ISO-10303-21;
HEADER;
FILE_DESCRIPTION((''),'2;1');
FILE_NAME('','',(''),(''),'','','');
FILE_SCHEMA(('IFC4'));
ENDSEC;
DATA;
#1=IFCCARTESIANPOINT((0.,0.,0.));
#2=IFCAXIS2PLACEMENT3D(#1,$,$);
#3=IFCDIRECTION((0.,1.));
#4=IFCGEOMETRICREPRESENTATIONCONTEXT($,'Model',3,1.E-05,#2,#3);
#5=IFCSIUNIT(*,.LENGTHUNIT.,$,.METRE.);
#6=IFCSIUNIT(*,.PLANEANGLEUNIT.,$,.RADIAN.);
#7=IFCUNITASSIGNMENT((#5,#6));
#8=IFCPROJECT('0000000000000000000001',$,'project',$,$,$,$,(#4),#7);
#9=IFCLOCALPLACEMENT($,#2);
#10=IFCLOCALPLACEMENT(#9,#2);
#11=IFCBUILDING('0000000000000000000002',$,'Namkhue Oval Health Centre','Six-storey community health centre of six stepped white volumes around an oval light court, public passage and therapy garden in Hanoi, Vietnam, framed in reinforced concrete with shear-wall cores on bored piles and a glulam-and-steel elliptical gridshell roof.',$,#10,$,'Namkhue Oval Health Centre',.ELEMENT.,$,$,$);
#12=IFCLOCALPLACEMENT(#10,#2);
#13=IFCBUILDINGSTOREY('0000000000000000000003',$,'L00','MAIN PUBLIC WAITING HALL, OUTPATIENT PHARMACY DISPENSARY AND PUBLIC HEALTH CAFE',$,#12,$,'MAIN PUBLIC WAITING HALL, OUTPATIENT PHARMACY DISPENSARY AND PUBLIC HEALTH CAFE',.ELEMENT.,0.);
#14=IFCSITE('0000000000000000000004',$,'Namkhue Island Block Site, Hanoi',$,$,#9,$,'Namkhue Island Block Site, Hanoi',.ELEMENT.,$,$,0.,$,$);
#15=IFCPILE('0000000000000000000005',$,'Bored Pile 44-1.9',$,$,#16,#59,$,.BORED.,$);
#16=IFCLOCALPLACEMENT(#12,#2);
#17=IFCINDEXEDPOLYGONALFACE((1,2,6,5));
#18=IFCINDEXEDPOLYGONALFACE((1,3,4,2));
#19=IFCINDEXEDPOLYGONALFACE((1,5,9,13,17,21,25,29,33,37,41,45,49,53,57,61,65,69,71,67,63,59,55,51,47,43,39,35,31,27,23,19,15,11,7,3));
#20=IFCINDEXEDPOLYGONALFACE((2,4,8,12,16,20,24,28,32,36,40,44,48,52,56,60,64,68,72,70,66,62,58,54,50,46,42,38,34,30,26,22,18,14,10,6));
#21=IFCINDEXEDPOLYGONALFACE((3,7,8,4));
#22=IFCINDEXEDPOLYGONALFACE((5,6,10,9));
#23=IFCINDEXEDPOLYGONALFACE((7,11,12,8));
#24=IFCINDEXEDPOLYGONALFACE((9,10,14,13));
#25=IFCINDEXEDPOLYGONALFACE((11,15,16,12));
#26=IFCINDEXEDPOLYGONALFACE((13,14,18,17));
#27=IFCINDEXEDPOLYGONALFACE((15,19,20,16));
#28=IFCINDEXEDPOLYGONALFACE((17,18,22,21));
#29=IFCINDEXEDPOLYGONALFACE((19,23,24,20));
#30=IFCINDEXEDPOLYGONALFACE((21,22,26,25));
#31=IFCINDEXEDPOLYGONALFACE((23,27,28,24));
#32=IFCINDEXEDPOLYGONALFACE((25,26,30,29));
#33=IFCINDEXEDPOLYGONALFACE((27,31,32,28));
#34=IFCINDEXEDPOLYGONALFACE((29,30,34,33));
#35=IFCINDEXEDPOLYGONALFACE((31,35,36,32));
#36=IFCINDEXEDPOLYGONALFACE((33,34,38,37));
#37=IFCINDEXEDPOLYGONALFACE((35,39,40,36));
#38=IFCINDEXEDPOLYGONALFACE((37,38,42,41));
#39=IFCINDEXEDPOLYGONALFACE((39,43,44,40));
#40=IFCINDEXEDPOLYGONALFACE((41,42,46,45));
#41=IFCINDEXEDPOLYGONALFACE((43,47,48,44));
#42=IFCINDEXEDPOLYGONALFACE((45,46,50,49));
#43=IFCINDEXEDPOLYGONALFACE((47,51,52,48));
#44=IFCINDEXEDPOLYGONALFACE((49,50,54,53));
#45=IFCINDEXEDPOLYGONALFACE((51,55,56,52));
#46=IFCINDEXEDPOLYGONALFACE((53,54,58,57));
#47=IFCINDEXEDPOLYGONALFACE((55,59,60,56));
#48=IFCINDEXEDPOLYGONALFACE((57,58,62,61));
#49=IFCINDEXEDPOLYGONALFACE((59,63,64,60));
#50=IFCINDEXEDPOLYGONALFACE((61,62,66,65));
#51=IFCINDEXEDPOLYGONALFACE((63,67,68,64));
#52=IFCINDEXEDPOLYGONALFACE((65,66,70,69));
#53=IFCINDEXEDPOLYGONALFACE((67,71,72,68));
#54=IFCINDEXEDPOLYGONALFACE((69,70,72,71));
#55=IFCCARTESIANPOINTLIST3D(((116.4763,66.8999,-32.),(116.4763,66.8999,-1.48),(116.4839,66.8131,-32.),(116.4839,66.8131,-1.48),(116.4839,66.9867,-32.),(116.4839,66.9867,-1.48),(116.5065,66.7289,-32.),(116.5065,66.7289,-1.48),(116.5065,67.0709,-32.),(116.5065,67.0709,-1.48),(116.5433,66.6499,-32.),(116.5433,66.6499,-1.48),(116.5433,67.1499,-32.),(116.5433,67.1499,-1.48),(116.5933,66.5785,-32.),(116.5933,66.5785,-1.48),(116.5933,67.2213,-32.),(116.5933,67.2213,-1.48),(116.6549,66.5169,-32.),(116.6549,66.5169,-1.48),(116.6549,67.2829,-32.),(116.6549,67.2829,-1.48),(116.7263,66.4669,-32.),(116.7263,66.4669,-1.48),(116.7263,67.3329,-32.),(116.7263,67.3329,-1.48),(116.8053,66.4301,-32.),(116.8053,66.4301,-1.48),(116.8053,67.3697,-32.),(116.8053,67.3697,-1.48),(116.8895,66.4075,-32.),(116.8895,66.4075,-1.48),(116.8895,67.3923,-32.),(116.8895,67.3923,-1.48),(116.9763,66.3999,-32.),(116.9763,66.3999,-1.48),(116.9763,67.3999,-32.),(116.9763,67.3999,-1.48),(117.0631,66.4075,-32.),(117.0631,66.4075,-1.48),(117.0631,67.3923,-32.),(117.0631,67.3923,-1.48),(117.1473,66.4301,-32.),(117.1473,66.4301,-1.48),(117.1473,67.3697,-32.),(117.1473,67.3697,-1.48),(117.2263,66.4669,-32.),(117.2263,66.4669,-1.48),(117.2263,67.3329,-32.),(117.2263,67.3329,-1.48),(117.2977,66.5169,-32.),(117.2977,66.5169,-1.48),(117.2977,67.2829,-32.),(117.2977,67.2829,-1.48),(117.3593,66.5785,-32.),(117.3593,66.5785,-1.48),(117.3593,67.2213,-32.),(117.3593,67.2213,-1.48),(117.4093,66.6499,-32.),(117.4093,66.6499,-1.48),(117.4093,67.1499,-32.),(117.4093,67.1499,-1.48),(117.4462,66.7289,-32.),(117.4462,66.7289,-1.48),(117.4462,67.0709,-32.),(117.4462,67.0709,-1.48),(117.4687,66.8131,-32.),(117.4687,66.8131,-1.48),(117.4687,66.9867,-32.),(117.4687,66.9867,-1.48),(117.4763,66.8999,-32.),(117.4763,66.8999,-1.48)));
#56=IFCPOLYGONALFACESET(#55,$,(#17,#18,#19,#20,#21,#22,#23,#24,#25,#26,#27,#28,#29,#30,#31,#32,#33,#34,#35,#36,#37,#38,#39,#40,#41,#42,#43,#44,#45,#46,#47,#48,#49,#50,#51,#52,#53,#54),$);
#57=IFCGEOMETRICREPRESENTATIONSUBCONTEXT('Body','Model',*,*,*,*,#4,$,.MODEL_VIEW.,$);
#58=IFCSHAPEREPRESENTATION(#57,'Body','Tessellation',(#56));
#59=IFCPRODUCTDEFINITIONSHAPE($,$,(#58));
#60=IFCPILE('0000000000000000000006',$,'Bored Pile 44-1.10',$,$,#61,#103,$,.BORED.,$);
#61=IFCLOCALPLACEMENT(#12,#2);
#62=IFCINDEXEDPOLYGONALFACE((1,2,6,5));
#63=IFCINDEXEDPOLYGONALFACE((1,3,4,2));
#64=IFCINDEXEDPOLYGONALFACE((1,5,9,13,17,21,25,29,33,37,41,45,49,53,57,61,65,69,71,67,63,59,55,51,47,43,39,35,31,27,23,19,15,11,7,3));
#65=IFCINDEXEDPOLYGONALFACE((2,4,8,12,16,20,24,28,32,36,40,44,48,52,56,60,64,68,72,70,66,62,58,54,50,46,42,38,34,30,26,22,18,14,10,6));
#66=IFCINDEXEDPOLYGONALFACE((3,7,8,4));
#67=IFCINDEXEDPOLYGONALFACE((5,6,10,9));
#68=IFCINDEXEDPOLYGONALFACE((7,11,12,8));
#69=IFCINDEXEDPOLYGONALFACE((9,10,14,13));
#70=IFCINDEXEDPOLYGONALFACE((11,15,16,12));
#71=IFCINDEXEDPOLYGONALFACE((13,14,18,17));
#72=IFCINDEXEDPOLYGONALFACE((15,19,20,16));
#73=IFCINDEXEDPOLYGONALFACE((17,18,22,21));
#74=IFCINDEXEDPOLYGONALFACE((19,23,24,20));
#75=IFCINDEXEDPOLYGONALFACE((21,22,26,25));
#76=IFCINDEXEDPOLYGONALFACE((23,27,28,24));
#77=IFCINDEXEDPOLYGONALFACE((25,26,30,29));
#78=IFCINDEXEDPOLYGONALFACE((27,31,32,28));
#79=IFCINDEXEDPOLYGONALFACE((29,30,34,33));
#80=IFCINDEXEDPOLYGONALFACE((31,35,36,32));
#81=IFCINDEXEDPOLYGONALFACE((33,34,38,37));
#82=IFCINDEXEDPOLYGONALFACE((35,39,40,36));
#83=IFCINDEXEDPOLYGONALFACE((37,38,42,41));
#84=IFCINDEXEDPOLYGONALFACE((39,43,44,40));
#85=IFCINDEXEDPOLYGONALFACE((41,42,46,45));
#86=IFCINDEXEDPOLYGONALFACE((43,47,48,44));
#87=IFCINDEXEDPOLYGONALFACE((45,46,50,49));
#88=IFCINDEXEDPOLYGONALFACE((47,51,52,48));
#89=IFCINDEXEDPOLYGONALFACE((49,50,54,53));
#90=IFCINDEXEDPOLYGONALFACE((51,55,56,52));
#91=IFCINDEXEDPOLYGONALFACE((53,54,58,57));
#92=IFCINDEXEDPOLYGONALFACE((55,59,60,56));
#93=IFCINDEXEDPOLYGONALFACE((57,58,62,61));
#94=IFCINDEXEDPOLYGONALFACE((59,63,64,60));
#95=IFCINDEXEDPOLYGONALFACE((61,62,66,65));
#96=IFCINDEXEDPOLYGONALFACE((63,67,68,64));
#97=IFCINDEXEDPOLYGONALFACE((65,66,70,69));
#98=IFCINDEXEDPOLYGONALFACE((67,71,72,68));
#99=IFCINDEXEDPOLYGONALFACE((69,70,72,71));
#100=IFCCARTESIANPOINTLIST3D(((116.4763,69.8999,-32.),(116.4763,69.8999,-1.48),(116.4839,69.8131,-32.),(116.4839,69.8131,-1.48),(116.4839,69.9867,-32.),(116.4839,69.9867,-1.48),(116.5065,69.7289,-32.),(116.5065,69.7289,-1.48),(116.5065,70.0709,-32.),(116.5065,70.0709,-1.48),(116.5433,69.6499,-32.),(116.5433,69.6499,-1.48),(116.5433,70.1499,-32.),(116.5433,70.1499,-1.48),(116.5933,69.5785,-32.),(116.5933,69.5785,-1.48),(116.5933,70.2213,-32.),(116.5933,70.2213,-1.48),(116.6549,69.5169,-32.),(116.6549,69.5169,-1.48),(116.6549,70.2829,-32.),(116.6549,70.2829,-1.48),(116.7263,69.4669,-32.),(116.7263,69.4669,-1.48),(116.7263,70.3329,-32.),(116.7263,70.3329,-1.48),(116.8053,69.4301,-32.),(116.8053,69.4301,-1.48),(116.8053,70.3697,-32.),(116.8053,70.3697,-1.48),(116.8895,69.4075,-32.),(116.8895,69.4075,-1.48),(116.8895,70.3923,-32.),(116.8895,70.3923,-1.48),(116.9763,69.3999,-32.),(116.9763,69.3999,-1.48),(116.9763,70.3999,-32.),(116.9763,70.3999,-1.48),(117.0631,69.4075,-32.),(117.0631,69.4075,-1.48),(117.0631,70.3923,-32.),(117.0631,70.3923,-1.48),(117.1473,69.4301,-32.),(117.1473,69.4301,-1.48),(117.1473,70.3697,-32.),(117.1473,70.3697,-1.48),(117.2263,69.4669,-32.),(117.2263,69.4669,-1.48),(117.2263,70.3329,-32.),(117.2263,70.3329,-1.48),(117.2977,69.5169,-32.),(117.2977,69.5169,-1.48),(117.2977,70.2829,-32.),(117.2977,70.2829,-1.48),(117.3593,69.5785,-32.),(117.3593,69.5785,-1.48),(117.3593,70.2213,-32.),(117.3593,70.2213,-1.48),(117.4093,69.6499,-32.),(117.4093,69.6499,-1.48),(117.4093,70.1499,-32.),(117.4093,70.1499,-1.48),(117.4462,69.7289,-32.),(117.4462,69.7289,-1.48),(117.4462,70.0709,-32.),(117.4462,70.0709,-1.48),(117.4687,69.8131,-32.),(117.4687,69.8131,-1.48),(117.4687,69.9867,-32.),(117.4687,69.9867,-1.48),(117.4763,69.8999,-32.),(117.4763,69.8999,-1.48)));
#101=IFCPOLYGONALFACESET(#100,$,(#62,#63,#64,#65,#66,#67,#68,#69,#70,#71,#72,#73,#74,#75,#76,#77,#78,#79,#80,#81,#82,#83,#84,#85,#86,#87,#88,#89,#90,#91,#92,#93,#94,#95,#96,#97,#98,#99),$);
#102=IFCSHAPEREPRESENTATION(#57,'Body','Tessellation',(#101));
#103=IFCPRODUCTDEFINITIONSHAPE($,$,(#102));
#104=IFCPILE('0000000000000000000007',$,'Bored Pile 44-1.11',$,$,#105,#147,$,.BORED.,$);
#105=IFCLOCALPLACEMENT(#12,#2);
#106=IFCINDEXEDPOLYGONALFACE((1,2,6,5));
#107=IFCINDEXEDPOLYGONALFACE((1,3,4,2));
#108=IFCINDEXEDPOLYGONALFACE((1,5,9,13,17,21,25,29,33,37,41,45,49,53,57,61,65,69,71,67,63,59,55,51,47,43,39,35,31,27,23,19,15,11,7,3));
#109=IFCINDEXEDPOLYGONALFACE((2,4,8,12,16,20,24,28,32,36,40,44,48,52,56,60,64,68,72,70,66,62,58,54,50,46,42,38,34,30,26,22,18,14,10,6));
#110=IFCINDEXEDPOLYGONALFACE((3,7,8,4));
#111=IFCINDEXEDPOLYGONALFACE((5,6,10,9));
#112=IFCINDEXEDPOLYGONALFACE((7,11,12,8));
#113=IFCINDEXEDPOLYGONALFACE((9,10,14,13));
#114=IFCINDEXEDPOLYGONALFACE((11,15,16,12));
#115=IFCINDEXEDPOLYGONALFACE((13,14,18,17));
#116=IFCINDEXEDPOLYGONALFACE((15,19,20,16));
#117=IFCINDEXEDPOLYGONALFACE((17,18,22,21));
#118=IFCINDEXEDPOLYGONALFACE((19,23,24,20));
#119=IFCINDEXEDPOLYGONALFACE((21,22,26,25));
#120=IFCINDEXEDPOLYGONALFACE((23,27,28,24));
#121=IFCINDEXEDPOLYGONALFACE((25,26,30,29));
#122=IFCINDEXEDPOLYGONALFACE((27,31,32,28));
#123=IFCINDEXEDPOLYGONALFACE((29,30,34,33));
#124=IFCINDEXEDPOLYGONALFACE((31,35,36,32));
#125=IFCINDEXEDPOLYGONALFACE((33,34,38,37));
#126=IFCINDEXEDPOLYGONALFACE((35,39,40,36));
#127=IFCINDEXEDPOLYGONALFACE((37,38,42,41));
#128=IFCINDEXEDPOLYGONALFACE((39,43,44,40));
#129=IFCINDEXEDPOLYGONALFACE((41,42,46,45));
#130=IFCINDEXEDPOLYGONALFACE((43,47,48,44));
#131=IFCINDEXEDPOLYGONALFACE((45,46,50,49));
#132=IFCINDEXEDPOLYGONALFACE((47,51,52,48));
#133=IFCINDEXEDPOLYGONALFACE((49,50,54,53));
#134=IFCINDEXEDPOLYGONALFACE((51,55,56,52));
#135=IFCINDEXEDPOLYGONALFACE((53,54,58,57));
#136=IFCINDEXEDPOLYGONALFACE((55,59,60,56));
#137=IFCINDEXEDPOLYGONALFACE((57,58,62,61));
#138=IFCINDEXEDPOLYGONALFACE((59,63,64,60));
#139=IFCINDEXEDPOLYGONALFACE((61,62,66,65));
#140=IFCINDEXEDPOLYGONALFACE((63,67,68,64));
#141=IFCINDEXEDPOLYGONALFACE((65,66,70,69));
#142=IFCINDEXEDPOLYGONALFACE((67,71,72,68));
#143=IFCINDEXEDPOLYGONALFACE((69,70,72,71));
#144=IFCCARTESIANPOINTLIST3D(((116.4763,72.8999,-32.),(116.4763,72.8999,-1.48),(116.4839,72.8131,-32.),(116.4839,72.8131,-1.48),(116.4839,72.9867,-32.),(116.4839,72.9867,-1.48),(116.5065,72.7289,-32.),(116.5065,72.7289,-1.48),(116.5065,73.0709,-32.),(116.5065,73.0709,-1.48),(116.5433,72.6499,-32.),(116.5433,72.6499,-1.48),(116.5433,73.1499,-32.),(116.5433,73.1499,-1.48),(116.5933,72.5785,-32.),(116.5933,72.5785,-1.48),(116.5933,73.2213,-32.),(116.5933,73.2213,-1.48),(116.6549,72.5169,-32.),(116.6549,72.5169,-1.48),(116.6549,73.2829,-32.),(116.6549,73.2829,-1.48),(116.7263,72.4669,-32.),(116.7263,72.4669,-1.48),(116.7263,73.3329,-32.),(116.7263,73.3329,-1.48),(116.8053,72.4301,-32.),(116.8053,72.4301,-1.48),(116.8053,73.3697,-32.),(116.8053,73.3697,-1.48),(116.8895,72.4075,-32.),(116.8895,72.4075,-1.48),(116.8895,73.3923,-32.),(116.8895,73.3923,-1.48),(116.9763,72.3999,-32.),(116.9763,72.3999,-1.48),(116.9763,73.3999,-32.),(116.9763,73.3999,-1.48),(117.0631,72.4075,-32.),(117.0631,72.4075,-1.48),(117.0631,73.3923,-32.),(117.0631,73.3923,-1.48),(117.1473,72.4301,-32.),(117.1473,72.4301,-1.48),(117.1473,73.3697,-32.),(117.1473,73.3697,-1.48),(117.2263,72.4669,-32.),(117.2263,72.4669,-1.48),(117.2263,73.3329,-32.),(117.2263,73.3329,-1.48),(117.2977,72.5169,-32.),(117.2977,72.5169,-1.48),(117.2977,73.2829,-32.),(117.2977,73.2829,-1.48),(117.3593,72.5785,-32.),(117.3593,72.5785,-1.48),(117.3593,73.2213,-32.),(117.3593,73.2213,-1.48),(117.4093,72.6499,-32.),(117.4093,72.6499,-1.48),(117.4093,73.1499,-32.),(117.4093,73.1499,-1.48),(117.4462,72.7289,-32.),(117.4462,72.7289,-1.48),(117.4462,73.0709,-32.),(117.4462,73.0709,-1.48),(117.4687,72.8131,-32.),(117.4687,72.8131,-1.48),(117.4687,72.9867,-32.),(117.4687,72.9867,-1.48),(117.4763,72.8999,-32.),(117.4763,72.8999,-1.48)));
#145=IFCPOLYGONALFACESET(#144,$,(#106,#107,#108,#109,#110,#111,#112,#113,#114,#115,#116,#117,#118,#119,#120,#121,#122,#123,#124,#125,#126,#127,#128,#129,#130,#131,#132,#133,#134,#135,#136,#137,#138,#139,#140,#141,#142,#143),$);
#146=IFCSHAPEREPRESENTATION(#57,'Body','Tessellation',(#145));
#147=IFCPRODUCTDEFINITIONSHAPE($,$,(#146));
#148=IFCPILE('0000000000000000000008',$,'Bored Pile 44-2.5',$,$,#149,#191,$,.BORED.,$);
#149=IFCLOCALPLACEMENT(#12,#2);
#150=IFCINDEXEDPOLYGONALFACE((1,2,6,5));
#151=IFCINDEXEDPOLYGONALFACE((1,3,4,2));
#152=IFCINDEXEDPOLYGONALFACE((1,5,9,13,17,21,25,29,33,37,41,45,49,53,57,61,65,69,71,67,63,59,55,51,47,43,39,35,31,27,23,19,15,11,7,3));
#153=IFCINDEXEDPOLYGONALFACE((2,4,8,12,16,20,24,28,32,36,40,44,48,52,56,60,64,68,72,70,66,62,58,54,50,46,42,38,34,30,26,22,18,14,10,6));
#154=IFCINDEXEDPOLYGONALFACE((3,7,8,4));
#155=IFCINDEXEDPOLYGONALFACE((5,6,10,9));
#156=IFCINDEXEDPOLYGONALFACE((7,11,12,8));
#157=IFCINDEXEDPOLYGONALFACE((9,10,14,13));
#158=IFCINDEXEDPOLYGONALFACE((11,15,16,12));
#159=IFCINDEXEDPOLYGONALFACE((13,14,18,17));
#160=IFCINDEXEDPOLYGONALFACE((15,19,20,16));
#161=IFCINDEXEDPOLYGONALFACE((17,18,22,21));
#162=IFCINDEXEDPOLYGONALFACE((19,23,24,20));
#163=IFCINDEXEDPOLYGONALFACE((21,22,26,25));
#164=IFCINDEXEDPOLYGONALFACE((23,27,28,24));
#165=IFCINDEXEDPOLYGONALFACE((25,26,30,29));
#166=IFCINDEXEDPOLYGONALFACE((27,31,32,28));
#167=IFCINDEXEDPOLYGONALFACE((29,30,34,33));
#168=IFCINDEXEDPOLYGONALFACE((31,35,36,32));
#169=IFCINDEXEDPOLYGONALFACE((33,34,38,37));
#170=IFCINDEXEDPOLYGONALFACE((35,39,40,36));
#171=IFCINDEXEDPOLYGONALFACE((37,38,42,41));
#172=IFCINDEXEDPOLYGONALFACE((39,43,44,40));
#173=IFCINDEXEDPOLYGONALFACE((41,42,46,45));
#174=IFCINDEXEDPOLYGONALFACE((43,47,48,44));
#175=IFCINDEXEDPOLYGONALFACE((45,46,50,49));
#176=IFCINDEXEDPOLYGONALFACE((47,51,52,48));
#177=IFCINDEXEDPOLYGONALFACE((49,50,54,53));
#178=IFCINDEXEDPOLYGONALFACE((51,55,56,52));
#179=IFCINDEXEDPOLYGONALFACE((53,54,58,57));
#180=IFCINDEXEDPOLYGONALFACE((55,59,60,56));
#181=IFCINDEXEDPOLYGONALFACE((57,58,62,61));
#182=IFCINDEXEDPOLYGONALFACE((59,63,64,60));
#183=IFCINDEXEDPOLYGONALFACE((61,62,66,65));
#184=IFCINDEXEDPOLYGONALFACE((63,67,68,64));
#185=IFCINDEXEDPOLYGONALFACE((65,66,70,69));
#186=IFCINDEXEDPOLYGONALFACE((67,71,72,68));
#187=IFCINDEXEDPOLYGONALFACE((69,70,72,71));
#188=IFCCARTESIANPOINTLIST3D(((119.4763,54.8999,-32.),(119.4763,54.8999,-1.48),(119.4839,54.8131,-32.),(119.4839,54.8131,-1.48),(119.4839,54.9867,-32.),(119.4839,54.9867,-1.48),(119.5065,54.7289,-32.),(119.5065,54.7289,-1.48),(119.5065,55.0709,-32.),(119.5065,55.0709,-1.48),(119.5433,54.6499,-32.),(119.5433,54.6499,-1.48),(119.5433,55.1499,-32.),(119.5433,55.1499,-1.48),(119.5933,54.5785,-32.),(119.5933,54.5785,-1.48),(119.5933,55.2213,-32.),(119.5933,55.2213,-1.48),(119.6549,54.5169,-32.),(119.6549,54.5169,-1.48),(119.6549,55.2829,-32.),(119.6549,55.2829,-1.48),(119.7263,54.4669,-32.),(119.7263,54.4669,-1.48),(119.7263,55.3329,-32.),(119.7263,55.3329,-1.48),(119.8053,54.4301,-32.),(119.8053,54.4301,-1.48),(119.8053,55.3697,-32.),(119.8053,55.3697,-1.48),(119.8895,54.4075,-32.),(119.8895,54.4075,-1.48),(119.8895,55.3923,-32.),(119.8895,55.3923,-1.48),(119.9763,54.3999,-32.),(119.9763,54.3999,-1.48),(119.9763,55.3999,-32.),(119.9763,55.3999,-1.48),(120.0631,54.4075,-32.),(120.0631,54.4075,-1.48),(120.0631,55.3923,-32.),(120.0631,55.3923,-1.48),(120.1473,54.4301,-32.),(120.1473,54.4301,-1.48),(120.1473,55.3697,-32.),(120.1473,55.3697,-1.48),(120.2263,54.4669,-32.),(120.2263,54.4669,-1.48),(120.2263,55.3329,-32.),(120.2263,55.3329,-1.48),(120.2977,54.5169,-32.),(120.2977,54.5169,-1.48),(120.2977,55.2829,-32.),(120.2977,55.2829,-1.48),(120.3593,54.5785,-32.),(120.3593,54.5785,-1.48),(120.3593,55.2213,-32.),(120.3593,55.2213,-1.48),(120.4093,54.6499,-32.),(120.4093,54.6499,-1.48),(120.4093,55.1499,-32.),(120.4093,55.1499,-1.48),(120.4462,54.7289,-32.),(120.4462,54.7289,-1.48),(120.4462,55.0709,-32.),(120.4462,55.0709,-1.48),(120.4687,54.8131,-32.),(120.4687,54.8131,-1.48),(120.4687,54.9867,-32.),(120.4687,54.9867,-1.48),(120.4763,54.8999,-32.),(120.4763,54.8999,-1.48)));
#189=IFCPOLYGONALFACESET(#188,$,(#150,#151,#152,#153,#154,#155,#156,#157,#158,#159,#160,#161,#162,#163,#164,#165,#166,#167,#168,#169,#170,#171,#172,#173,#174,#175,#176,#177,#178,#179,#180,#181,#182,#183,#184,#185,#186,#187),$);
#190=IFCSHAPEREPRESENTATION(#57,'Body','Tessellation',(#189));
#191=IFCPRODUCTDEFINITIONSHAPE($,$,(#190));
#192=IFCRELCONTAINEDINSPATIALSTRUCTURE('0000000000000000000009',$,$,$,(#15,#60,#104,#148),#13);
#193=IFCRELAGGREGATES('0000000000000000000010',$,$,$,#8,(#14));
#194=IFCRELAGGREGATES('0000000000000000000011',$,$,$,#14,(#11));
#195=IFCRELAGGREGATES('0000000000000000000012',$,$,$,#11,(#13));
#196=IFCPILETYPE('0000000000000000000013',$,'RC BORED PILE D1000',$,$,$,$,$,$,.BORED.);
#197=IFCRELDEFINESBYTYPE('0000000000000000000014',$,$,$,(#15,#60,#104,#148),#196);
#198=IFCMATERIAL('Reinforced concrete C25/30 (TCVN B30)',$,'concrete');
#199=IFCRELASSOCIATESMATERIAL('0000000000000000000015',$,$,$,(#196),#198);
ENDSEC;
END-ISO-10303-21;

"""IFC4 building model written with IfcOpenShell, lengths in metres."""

from ifc_helpers import new_model, si_unit, direction, frame, origin, origin_2d, place, context, subcontext, project, spatial, circle, extrude, material, material_profile, profile_set, type_object, element, save


model = new_model("IFC4")

# Units and contexts
model_context = context("Model", 3, precision=1e-05, world=origin(), true_north=direction((0.0, 1.0)))
body_context = subcontext(model_context, "Body", "Model", "MODEL_VIEW")
ifc_project = project(units=[si_unit("LENGTHUNIT", "METRE"), si_unit("PLANEANGLEUNIT", "RADIAN")], contexts=[model_context])

# Site, building, storey
site_placement = place(None, origin())
site = spatial("IfcSite", under=ifc_project, at=site_placement, Name="Namkhue Island Block Site, Hanoi", LongName="Namkhue Island Block Site, Hanoi", CompositionType="ELEMENT", RefElevation=0.0)
building_placement = place(site_placement, origin())
building = spatial("IfcBuilding", under=site, at=building_placement, Name="Namkhue Oval Health Centre", Description="Six-storey community health centre of six stepped white volumes around an oval light court, public passage and therapy garden in Hanoi, Vietnam, framed in reinforced concrete with shear-wall cores on bored piles and a glulam-and-steel elliptical gridshell roof.", LongName="Namkhue Oval Health Centre", CompositionType="ELEMENT")
storey_placement = place(building_placement, origin())
storey = spatial("IfcBuildingStorey", under=building, at=storey_placement, Name="L00", Description="MAIN PUBLIC WAITING HALL, OUTPATIENT PHARMACY DISPENSARY AND PUBLIC HEALTH CAFE", LongName="MAIN PUBLIC WAITING HALL, OUTPATIENT PHARMACY DISPENSARY AND PUBLIC HEALTH CAFE", CompositionType="ELEMENT", Elevation=0.0)

# Piles
ifc_material_1 = material(Name="Reinforced concrete C25/30 (TCVN B30)", Category="concrete")
ifc_material_profile_1 = material_profile(ifc_material_1, circle(Radius=0.5, at=origin_2d()), Name="BORED PILE D1000")
ifc_profile_set_1 = profile_set([ifc_material_profile_1], Name="Reinforced concrete C25/30 (TCVN B30)")
pile_type = type_object("IfcPileType", Name="RC BORED PILE D1000", PredefinedType="BORED", material=ifc_profile_set_1)
for number, where, z_axis, x_axis, name in (
    (1, (116.9763, 66.8999, -1.48), (0.0, 0.0, -1.0), (1.0, 0.0, 0.0), "Bored Pile 44-1.9"),
    (2, (116.9763, 69.8999, -1.48), (0.0, 0.0, -1.0), (1.0, 0.0, 0.0), "Bored Pile 44-1.10"),
    (3, (116.9763, 72.8999, -1.48), (0.0, 0.0, -1.0), (1.0, 0.0, 0.0), "Bored Pile 44-1.11"),
    (4, (119.9763, 54.8999, -1.48), (0.0, 0.0, -1.0), (1.0, 0.0, 0.0), "Bored Pile 44-2.5"),
):
    element("IfcPile", number, at=place(storey_placement, frame(where, z_axis=z_axis, x_axis=x_axis)), inside=storey, type_object=pile_type, Name=name, PredefinedType="BORED", context=body_context, shape_type="SweptSolid", body=[
        extrude(circle(Radius=0.5, at=origin_2d()), origin(), (0.0, 0.0, 1.0), 30.52),
    ])

save(model, "model.ifc")
